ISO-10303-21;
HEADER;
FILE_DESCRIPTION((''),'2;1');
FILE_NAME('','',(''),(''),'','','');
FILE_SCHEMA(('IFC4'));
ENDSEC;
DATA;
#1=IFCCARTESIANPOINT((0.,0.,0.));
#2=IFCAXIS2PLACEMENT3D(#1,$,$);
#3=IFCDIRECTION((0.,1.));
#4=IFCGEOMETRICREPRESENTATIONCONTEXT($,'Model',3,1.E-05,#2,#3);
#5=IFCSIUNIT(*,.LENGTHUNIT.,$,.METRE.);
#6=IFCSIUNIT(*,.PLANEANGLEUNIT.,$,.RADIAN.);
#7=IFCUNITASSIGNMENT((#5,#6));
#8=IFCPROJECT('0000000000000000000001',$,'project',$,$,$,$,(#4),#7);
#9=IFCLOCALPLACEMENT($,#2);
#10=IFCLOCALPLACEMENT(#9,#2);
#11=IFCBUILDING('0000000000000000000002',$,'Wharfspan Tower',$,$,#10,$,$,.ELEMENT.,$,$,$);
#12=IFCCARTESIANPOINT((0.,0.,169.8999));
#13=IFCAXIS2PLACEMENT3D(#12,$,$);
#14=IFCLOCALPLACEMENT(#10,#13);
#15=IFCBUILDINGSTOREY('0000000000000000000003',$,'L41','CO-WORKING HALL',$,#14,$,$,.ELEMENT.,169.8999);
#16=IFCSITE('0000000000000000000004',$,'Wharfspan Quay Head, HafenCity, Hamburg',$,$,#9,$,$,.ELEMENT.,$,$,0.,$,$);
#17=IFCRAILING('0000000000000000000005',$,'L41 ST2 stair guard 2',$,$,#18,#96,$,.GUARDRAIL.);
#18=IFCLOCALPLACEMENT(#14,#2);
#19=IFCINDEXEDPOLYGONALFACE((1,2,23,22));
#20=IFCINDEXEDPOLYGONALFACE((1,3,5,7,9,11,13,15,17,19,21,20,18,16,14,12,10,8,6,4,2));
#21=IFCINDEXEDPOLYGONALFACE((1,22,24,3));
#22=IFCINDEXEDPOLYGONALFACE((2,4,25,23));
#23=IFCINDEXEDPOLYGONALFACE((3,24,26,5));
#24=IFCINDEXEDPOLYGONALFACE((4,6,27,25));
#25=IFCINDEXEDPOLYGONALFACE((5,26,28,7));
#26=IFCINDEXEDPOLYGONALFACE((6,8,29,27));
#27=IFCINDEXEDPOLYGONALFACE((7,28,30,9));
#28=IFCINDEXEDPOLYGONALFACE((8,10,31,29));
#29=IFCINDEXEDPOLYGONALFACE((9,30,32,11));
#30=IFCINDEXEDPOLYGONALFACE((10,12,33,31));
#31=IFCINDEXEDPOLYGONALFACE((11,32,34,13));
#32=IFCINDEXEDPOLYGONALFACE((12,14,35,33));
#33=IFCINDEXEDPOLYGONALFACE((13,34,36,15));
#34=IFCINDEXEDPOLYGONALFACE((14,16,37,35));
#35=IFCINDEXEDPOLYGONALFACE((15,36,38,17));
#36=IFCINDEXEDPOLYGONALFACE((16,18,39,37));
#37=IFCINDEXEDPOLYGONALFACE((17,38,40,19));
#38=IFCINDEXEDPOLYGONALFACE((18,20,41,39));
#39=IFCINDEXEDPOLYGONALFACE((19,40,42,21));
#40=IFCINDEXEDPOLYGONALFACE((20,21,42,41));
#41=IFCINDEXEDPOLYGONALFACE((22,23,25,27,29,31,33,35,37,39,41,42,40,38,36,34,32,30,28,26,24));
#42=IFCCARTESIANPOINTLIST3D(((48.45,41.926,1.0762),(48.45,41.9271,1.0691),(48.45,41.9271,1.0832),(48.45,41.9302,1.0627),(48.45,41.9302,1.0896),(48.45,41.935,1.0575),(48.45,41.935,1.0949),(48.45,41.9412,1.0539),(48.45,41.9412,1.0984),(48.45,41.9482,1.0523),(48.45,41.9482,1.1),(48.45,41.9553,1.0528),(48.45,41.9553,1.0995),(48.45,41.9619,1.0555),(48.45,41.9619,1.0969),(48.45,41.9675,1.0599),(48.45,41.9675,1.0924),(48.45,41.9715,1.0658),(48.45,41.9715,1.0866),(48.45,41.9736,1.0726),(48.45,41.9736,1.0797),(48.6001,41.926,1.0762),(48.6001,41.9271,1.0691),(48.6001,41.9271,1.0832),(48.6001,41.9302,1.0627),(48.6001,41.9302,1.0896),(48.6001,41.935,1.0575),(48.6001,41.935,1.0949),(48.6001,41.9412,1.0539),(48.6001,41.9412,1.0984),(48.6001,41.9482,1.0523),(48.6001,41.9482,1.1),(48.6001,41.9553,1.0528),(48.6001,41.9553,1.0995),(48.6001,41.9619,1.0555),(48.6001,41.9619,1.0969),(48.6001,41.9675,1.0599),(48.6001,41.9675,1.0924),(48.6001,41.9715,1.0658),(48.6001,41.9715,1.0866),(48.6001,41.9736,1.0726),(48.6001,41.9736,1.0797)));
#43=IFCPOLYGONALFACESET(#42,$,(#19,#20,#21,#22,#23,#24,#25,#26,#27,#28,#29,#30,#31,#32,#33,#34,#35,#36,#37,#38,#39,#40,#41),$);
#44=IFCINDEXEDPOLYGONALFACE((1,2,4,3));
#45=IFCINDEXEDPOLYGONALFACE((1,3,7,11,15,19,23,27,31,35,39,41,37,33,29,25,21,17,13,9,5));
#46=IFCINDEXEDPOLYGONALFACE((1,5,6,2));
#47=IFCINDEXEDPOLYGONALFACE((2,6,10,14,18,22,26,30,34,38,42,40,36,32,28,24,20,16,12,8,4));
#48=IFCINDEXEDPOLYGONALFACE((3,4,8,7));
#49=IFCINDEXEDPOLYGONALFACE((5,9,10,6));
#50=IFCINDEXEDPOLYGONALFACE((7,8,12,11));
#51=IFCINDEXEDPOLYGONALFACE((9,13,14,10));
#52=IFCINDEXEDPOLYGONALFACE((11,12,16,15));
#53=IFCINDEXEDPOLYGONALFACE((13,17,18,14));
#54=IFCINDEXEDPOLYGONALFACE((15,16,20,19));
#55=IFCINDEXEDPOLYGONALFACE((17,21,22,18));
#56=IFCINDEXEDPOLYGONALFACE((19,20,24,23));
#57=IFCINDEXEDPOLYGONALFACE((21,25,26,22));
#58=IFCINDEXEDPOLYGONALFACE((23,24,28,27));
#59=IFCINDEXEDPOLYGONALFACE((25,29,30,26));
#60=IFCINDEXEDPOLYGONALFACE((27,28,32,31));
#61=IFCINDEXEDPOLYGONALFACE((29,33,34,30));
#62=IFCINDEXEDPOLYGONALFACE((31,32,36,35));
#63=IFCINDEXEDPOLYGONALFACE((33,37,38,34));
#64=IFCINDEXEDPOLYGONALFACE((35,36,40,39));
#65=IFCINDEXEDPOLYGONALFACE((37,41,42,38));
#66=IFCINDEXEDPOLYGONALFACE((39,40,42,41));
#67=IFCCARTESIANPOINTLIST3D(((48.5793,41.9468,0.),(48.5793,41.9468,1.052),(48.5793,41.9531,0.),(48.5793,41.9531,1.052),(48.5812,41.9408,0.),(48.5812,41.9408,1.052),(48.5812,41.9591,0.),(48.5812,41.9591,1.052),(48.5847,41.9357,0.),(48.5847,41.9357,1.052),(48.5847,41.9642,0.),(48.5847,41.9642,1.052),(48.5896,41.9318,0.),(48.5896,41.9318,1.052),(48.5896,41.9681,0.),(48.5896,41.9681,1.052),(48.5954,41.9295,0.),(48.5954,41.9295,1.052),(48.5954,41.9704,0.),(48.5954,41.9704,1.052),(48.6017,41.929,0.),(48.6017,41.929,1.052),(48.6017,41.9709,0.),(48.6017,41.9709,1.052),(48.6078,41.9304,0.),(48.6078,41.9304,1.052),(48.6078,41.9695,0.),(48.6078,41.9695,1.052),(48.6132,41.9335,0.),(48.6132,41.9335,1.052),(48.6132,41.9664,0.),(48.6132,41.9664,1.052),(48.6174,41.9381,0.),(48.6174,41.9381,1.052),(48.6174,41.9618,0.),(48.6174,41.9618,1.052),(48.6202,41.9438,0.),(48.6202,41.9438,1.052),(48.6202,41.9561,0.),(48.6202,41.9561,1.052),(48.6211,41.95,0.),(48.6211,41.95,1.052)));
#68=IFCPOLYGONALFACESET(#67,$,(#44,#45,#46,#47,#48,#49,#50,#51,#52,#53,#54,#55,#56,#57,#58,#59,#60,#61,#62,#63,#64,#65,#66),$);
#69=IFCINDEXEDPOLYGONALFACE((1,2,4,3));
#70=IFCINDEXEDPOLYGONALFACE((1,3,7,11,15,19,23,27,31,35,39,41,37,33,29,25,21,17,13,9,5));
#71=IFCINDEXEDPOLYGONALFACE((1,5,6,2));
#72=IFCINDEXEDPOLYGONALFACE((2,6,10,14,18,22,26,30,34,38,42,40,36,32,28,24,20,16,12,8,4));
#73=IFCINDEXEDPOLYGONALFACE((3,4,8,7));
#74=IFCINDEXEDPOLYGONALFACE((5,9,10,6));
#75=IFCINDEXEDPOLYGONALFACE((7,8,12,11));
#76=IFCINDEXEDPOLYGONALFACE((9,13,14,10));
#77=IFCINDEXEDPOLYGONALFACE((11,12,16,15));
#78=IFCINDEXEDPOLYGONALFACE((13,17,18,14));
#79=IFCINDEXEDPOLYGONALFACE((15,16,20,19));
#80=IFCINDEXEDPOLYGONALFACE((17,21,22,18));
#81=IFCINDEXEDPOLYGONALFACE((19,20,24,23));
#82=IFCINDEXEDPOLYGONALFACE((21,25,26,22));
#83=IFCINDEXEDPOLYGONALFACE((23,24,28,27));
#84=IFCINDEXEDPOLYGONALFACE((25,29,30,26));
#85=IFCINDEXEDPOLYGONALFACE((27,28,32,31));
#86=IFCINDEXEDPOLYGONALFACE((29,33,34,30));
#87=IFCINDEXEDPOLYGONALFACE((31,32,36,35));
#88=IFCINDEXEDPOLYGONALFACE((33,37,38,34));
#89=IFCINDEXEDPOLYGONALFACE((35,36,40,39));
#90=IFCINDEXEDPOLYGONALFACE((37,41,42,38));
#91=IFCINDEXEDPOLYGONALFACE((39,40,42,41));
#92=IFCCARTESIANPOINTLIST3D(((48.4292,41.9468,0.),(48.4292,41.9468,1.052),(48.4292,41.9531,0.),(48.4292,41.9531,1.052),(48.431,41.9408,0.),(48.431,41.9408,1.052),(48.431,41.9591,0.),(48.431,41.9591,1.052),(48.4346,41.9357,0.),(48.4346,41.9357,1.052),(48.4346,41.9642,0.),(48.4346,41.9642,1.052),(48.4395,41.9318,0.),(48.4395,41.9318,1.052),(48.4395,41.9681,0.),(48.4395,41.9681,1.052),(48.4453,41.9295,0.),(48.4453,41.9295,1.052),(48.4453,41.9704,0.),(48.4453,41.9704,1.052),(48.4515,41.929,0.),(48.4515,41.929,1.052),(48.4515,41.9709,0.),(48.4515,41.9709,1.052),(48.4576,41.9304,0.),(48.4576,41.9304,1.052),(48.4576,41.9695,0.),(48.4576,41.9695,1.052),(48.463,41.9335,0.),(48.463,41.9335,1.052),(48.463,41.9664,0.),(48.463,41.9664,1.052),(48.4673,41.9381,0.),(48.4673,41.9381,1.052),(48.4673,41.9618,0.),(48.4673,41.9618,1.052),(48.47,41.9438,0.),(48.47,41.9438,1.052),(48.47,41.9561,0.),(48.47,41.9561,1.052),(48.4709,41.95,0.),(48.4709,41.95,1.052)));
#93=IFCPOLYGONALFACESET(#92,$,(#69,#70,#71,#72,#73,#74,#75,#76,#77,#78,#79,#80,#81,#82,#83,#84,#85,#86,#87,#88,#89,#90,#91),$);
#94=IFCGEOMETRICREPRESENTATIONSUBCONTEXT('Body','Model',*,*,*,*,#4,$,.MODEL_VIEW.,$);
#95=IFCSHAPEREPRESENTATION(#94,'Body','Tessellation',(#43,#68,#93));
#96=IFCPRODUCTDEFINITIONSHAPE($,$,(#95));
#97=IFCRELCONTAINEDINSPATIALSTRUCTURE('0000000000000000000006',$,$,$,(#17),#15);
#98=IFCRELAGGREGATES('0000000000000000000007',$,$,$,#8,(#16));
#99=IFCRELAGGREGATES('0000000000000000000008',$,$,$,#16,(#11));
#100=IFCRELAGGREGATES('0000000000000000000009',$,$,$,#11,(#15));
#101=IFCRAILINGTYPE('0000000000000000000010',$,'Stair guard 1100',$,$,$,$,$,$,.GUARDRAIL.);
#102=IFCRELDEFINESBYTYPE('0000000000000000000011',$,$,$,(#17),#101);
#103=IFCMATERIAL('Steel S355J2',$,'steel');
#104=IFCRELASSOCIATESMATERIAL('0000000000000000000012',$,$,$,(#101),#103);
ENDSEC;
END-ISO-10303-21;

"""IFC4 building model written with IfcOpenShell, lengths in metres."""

from ifc_helpers import new_model, si_unit, direction, frame, origin, origin_2d, place, context, subcontext, project, spatial, circle, extrude, material, type_object, element, save


model = new_model("IFC4")

# Units and contexts
model_context = context("Model", 3, precision=1e-05, world=origin(), true_north=direction((0.0, 1.0)))
body_context = subcontext(model_context, "Body", "Model", "MODEL_VIEW")
ifc_project = project(units=[si_unit("LENGTHUNIT", "METRE"), si_unit("PLANEANGLEUNIT", "RADIAN")], contexts=[model_context])

# Site, building, storey
site_placement = place(None, origin())
site = spatial("IfcSite", under=ifc_project, at=site_placement, Name="Wharfspan Quay Head, HafenCity, Hamburg", CompositionType="ELEMENT", RefElevation=0.0)
building_placement = place(site_placement, origin())
building = spatial("IfcBuilding", under=site, at=building_placement, Name="Wharfspan Tower", CompositionType="ELEMENT")
storey_placement = place(building_placement, frame((0.0, 0.0, 169.8999)))
storey = spatial("IfcBuildingStorey", under=building, at=storey_placement, Name="L41", Description="CO-WORKING HALL", CompositionType="ELEMENT", Elevation=169.8999)

# Shared definitions
ifc_material_1 = material(Name="Steel S355J2", Category="steel")

# Railing
railing_type_1 = type_object("IfcRailingType", Name="Stair guard 1100", PredefinedType="GUARDRAIL", material=ifc_material_1)
railing_1_placement = place(storey_placement, frame((48.6001, 41.95, 0.0)))
element("IfcRailing", 1, at=railing_1_placement, inside=storey, type_object=railing_type_1, Name="L41 ST2 stair guard 2", PredefinedType="GUARDRAIL", context=body_context, shape_type="SweptSolid", body=[
    extrude(circle(Radius=0.0239, at=origin_2d()), frame((0.0, 0.0, 1.0762), z_axis=(-1.0, 0.0, 0.0), x_axis=(0.0, -1.0, 0.0)), (0.0, 0.0, 1.0), 0.1501),
    extrude(circle(Radius=0.021, at=origin_2d()), origin(), (0.0, 0.0, 1.0), 1.052),
    extrude(circle(Radius=0.021, at=origin_2d()), frame((-0.1501, 0.0, 0.0)), (0.0, 0.0, 1.0), 1.052),
])

save(model, "model.ifc")
